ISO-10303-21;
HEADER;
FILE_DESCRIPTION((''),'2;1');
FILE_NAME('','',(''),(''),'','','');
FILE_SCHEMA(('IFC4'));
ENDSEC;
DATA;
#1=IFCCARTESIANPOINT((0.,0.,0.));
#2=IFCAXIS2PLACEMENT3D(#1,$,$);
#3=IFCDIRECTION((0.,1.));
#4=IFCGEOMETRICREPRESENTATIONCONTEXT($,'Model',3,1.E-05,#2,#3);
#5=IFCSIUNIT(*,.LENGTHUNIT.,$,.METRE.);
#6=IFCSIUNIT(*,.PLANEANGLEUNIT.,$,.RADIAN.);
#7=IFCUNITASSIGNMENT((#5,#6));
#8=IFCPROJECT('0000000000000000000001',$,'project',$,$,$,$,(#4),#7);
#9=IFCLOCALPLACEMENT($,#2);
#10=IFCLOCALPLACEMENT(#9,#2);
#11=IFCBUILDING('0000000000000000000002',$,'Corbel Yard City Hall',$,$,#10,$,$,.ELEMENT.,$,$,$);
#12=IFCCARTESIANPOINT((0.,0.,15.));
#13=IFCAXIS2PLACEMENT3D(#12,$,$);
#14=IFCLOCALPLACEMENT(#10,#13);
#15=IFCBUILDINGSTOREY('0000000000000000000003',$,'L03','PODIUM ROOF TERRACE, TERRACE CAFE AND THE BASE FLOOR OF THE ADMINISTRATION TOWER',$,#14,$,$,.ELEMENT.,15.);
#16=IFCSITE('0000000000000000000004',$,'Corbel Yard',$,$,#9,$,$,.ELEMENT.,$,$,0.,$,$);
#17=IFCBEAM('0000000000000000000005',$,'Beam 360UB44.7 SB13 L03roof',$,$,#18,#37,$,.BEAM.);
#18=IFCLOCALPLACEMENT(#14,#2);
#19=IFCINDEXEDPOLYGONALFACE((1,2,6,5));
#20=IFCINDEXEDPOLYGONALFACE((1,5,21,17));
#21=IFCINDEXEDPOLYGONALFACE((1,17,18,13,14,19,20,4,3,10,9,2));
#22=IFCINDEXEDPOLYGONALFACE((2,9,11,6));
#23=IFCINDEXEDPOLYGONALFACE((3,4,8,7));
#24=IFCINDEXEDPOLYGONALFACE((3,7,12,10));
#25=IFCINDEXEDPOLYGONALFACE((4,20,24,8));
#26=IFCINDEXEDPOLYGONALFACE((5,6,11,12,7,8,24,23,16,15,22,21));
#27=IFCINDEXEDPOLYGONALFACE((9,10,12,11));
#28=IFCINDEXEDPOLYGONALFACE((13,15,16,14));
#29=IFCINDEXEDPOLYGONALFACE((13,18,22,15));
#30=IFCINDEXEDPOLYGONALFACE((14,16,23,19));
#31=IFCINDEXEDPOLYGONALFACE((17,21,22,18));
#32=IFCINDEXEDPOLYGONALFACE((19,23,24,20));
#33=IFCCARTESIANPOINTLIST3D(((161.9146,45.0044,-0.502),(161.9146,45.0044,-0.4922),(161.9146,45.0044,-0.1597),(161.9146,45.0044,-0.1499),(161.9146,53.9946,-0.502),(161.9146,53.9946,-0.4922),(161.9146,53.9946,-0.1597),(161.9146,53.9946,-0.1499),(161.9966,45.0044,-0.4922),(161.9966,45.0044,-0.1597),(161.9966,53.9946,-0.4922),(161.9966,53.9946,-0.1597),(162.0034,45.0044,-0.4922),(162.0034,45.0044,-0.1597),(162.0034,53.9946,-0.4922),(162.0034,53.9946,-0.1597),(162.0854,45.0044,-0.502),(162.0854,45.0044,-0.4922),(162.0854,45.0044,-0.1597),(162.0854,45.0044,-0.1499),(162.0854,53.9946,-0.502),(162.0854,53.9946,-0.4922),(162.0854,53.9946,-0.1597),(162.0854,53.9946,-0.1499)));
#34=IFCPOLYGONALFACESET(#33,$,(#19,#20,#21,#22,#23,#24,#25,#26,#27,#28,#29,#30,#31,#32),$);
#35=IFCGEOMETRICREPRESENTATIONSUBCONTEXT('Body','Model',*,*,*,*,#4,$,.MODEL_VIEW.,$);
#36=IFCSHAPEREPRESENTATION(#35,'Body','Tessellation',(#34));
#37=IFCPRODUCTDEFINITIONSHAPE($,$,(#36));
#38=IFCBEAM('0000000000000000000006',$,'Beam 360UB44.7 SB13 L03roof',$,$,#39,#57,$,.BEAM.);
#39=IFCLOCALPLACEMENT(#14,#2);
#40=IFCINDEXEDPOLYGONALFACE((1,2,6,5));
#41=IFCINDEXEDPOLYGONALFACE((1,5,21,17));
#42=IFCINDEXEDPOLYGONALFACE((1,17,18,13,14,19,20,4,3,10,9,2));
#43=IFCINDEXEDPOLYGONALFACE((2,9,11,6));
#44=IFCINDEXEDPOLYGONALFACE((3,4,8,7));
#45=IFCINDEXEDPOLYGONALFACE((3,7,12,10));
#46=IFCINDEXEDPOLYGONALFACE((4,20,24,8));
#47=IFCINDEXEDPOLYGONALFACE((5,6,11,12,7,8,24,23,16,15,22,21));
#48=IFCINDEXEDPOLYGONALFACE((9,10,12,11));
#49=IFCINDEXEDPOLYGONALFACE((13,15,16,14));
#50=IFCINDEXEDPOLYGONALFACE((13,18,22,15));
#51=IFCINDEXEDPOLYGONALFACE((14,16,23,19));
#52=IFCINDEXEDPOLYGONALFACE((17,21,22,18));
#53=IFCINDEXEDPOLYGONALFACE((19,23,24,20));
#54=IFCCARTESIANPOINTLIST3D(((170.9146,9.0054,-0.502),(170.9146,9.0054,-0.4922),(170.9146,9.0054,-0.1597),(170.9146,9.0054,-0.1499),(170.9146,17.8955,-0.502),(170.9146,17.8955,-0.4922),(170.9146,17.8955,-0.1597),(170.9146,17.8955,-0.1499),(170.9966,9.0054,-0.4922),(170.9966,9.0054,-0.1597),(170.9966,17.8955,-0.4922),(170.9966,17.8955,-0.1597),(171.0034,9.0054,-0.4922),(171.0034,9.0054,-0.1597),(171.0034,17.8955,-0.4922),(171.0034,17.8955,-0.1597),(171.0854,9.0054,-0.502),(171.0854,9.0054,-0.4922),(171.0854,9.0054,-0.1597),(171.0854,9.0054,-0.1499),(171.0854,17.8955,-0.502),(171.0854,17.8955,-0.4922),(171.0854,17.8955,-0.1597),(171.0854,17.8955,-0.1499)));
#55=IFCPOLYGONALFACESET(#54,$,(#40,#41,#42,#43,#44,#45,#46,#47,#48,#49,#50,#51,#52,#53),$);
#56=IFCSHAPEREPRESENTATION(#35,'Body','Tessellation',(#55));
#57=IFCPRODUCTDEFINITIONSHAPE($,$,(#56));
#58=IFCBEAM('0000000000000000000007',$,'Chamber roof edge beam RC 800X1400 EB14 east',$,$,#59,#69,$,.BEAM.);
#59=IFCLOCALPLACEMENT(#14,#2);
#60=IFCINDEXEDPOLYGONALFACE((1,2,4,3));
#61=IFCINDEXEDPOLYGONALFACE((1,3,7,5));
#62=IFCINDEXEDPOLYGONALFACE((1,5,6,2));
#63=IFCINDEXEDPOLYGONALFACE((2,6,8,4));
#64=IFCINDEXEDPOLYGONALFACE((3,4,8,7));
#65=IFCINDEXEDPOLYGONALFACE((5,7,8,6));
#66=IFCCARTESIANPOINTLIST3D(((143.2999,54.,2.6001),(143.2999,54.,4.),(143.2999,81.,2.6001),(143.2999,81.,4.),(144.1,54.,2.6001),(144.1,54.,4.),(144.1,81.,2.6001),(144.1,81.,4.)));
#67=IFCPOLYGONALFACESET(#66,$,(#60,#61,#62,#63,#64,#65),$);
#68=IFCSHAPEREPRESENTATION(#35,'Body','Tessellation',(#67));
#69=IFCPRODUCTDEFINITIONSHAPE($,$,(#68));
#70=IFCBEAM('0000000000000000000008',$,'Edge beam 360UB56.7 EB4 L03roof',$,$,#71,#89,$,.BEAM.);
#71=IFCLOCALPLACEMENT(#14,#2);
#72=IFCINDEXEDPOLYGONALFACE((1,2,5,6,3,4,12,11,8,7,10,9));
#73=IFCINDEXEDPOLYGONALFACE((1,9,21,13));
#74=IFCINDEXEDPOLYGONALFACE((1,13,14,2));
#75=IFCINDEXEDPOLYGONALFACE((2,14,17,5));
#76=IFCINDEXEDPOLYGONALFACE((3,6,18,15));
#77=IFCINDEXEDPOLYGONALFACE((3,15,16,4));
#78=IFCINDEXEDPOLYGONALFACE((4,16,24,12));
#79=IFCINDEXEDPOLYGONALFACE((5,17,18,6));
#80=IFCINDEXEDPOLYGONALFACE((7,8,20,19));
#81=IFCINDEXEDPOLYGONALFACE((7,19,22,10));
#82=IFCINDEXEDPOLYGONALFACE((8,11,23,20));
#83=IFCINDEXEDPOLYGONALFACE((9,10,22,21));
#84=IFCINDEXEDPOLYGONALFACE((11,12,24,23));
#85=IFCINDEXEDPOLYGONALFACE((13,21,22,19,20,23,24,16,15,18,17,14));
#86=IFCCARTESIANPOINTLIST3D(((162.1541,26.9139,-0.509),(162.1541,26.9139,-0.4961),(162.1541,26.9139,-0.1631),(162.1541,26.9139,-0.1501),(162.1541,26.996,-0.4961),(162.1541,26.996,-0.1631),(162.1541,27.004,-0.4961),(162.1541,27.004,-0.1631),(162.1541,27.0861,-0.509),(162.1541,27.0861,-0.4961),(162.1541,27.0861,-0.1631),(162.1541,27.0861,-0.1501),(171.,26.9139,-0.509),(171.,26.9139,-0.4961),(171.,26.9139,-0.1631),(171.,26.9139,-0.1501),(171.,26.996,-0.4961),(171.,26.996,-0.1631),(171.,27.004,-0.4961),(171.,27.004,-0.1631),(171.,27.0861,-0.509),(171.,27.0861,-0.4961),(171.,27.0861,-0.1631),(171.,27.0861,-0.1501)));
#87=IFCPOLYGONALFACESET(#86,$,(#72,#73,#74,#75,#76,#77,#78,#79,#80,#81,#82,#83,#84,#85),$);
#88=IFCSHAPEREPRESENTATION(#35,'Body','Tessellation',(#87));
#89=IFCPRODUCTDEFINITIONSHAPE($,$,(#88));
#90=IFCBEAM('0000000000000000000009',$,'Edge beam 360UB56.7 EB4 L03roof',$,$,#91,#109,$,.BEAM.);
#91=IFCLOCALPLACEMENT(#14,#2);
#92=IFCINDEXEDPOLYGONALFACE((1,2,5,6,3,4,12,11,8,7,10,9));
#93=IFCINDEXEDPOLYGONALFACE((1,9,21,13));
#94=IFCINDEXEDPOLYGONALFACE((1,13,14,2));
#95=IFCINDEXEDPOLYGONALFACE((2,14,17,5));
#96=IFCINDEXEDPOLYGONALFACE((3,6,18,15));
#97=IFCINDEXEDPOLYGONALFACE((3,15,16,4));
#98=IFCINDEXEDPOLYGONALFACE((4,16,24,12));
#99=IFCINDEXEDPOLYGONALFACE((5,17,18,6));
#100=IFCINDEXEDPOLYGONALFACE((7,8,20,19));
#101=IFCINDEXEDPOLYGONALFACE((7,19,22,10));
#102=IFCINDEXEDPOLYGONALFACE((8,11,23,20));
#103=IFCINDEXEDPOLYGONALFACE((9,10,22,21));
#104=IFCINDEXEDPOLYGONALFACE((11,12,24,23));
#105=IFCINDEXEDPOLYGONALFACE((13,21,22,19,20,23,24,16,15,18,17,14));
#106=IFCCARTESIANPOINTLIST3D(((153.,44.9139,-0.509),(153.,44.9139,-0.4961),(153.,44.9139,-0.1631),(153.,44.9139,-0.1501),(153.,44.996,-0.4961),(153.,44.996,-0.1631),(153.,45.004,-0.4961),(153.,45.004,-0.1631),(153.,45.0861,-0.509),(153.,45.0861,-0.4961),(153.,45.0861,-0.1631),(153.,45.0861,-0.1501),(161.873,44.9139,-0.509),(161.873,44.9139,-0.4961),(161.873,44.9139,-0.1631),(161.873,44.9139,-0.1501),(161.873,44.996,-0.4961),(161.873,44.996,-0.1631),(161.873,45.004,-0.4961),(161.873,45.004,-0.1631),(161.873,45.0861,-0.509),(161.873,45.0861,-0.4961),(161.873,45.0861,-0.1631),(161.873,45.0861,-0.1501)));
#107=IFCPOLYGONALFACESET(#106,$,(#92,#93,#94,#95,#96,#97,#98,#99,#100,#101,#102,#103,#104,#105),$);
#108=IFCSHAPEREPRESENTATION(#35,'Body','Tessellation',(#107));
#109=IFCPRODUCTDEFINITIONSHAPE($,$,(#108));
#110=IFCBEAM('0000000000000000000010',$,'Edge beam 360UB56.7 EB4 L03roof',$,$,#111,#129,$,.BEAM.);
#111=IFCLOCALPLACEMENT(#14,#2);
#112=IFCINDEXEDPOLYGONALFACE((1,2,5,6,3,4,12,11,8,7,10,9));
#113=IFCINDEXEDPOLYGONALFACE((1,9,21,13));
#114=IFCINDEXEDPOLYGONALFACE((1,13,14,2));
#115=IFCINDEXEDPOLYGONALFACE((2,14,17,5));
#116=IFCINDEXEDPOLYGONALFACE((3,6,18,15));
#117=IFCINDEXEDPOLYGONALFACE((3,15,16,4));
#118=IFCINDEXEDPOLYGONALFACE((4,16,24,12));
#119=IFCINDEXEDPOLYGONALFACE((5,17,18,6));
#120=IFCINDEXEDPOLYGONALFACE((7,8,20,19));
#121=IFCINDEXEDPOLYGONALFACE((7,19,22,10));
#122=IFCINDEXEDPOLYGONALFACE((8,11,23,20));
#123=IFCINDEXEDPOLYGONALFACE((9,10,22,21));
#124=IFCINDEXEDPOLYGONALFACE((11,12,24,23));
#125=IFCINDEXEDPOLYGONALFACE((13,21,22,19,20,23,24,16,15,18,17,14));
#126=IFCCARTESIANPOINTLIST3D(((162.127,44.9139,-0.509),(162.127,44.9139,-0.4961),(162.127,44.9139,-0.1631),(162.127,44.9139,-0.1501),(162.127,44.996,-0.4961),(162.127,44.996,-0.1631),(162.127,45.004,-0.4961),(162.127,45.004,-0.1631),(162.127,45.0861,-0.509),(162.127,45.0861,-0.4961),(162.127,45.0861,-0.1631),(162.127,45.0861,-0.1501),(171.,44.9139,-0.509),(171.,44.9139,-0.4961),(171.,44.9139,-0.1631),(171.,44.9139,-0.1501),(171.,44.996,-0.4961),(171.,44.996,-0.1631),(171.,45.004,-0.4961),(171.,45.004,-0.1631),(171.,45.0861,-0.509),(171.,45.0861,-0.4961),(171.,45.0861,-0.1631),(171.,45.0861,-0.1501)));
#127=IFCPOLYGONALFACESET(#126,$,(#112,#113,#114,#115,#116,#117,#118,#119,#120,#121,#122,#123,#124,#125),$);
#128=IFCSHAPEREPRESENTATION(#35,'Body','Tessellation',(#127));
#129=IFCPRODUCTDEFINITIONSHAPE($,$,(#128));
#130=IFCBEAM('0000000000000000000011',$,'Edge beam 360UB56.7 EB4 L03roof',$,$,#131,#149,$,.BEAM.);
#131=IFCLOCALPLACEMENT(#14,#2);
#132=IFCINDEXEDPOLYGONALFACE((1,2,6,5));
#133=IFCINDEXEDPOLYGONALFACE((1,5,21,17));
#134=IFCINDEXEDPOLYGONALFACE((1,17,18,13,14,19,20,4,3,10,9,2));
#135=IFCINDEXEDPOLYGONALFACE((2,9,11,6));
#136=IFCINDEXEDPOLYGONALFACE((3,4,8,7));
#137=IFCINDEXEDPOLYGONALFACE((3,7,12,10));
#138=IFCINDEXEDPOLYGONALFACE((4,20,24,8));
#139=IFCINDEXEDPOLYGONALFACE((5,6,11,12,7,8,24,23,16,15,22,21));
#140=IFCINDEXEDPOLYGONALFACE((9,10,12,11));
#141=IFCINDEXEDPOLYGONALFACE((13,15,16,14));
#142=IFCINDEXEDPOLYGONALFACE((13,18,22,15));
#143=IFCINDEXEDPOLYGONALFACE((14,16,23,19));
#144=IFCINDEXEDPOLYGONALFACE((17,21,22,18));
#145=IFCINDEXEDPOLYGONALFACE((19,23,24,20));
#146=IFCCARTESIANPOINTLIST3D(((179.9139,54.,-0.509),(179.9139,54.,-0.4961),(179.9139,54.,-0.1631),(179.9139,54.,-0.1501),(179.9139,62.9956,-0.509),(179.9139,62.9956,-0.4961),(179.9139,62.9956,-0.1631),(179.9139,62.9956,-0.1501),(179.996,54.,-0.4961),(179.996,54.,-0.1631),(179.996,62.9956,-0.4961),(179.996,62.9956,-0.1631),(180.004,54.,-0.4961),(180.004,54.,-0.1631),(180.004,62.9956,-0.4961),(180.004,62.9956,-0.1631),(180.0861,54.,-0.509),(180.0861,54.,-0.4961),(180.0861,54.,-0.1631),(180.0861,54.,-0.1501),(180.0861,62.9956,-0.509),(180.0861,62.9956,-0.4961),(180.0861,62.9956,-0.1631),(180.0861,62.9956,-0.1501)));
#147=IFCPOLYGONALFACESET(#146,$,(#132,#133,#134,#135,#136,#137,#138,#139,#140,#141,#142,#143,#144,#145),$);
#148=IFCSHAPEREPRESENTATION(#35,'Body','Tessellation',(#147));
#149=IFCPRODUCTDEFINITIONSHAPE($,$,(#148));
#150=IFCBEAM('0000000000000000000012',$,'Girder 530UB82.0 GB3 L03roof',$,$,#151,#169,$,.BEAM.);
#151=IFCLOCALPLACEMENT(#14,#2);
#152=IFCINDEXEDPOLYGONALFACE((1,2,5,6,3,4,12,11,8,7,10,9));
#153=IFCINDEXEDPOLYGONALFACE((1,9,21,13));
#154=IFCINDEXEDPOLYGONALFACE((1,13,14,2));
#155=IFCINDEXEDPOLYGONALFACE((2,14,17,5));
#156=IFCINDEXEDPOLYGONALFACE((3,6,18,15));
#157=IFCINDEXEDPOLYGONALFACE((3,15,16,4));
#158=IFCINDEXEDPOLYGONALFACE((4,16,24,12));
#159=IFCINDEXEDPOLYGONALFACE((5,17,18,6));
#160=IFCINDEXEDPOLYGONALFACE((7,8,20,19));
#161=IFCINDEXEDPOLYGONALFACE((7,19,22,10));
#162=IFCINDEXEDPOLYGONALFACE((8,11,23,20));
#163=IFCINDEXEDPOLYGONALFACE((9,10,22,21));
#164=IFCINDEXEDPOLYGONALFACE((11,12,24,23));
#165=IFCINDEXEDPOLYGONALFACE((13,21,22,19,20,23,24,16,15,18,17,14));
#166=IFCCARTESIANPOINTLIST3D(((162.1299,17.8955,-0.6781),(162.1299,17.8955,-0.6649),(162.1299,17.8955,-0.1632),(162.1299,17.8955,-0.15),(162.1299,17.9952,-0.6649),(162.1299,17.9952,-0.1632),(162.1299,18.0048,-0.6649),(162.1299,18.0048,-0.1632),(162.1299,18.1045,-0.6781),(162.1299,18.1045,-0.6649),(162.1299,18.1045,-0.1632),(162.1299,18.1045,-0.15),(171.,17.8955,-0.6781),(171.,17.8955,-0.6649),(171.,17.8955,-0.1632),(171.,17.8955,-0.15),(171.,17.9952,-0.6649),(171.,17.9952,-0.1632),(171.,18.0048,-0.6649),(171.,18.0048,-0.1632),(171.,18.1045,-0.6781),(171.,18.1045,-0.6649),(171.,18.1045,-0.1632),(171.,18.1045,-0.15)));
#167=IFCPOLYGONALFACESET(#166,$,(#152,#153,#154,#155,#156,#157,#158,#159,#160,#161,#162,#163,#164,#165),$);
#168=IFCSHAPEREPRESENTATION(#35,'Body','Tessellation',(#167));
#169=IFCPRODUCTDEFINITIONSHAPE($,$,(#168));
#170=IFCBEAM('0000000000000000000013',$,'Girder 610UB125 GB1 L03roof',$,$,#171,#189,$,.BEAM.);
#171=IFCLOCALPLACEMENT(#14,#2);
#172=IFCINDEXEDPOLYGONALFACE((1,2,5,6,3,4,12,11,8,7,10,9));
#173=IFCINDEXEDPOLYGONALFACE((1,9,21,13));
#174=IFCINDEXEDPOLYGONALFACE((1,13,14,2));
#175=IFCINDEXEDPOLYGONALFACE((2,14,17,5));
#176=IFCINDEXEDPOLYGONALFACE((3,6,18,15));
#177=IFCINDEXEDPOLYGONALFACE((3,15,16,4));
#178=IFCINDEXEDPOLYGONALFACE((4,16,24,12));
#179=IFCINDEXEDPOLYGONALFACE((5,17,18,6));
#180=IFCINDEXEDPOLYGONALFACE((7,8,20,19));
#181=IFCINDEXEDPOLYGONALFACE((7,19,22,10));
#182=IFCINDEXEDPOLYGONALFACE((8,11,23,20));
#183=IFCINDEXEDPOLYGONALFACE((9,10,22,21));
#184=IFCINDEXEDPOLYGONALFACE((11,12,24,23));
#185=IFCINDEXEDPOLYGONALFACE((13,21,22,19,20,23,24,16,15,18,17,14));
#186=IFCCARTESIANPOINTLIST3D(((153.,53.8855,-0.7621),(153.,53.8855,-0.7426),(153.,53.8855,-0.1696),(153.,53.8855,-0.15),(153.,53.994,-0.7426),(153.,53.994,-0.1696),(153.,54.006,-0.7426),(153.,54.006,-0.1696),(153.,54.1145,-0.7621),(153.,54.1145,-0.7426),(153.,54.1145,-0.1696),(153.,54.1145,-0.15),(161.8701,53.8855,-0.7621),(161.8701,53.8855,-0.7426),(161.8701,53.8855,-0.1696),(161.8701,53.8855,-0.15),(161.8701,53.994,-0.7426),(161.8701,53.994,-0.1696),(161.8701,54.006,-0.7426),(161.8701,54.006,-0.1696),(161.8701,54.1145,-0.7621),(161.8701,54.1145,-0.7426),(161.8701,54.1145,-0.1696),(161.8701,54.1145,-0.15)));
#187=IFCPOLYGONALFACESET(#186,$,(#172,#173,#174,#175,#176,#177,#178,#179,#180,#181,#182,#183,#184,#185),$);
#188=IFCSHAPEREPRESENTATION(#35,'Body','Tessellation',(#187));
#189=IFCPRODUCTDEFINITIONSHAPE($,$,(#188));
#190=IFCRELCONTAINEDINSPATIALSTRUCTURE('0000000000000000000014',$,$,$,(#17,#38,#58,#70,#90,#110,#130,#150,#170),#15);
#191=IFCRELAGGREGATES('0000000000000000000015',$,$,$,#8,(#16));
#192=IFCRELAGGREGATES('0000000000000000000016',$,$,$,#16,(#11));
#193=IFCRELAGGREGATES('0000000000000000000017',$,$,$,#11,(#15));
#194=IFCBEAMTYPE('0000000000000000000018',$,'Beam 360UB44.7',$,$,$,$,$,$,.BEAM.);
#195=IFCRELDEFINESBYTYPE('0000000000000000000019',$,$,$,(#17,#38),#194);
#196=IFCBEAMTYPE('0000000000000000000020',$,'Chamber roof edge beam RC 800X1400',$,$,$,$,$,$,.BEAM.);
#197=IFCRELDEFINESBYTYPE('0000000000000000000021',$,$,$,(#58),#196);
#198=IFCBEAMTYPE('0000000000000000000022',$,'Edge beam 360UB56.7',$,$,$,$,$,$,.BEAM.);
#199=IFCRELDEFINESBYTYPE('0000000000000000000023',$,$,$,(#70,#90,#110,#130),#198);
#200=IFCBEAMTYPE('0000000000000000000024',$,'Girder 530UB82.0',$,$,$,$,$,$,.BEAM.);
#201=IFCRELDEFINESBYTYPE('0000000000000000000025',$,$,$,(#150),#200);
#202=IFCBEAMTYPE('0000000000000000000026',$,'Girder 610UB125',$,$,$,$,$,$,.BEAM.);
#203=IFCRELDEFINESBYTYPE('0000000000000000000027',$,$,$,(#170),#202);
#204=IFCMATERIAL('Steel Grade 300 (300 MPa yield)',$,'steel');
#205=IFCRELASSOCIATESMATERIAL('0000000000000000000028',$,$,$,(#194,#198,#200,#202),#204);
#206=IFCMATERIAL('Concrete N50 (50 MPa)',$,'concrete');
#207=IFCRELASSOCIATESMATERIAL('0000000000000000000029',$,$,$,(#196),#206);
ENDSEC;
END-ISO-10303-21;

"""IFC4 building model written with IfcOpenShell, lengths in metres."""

from ifc_helpers import new_model, si_unit, direction, frame, origin, origin_2d, place, context, subcontext, project, spatial, rectangle, i_section, extrude, material, material_profile, profile_set, type_object, element, save


model = new_model("IFC4")

# Units and contexts
model_context = context("Model", 3, precision=1e-05, world=origin(), true_north=direction((0.0, 1.0)))
body_context = subcontext(model_context, "Body", "Model", "MODEL_VIEW")
ifc_project = project(units=[si_unit("LENGTHUNIT", "METRE"), si_unit("PLANEANGLEUNIT", "RADIAN")], contexts=[model_context])

# Site, building, storey
site_placement = place(None, origin())
site = spatial("IfcSite", under=ifc_project, at=site_placement, Name="Corbel Yard", CompositionType="ELEMENT", RefElevation=0.0)
building_placement = place(site_placement, origin())
building = spatial("IfcBuilding", under=site, at=building_placement, Name="Corbel Yard City Hall", CompositionType="ELEMENT")
storey_placement = place(building_placement, frame((0.0, 0.0, 15.0)))
storey = spatial("IfcBuildingStorey", under=building, at=storey_placement, Name="L03", Description="PODIUM ROOF TERRACE, TERRACE CAFE AND THE BASE FLOOR OF THE ADMINISTRATION TOWER", CompositionType="ELEMENT", Elevation=15.0)

# Beams
ifc_material_1 = material(Name="Steel Grade 300 (300 MPa yield)", Category="steel")
ifc_material_profile_1 = material_profile(ifc_material_1, i_section(OverallWidth=0.1709, OverallDepth=0.3521, WebThickness=0.0068, FlangeThickness=0.0098, at=origin_2d()), Name="360UB44.7")
ifc_profile_set_1 = profile_set([ifc_material_profile_1], Name="Steel Grade 300 (300 MPa yield)")
beam_type_1 = type_object("IfcBeamType", Name="Beam 360UB44.7", PredefinedType="BEAM", material=ifc_profile_set_1)
beam_1_placement = place(storey_placement, frame((162.0, 45.0044, -0.3259), z_axis=(0.0, 1.0, 0.0), x_axis=(-1.0, 0.0, 0.0)))
element("IfcBeam", 1, at=beam_1_placement, inside=storey, type_object=beam_type_1, Name="Beam 360UB44.7 SB13 L03roof", PredefinedType="BEAM", context=body_context, shape_type="SweptSolid", body=[
    extrude(i_section(OverallWidth=0.1709, OverallDepth=0.3521, WebThickness=0.0068, FlangeThickness=0.0098, at=origin_2d()), origin(), (0.0, 0.0, 1.0), 8.9902),
])
beam_2_placement = place(storey_placement, frame((171.0, 9.0054, -0.3259), z_axis=(0.0, 1.0, 0.0), x_axis=(-1.0, 0.0, 0.0)))
element("IfcBeam", 2, at=beam_2_placement, inside=storey, type_object=beam_type_1, Name="Beam 360UB44.7 SB13 L03roof", PredefinedType="BEAM", context=body_context, shape_type="SweptSolid", body=[
    extrude(i_section(OverallWidth=0.1709, OverallDepth=0.3521, WebThickness=0.0068, FlangeThickness=0.0098, at=origin_2d()), origin(), (0.0, 0.0, 1.0), 8.8901),
])
ifc_material_2 = material(Name="Concrete N50 (50 MPa)", Category="concrete")
ifc_material_profile_2 = material_profile(ifc_material_2, rectangle(XDim=0.8, YDim=1.3999, at=origin_2d()), Name="800x1400")
ifc_profile_set_2 = profile_set([ifc_material_profile_2], Name="Concrete N50 (50 MPa)")
beam_type_2 = type_object("IfcBeamType", Name="Chamber roof edge beam RC 800X1400", PredefinedType="BEAM", material=ifc_profile_set_2)
beam_3_placement = place(storey_placement, frame((143.7, 54.0, 3.3), z_axis=(0.0, 1.0, 0.0), x_axis=(-1.0, 0.0, 0.0)))
element("IfcBeam", 3, at=beam_3_placement, inside=storey, type_object=beam_type_2, Name="Chamber roof edge beam RC 800X1400 EB14 east", PredefinedType="BEAM", context=body_context, shape_type="SweptSolid", body=[
    extrude(rectangle(XDim=0.8, YDim=1.3999, at=origin_2d()), origin(), (0.0, 0.0, 1.0), 27.0),
])
ifc_material_profile_3 = material_profile(ifc_material_1, i_section(OverallWidth=0.1721, OverallDepth=0.3589, WebThickness=0.0081, FlangeThickness=0.0129, at=origin_2d()), Name="360UB56.7")
ifc_profile_set_3 = profile_set([ifc_material_profile_3], Name="Steel Grade 300 (300 MPa yield)")
beam_type_3 = type_object("IfcBeamType", Name="Edge beam 360UB56.7", PredefinedType="BEAM", material=ifc_profile_set_3)
beam_4_placement = place(storey_placement, frame((162.1541, 27.0, -0.3296), z_axis=(1.0, 0.0, 0.0), x_axis=(0.0, 1.0, 0.0)))
element("IfcBeam", 4, at=beam_4_placement, inside=storey, type_object=beam_type_3, Name="Edge beam 360UB56.7 EB4 L03roof", PredefinedType="BEAM", context=body_context, shape_type="SweptSolid", body=[
    extrude(i_section(OverallWidth=0.1721, OverallDepth=0.3589, WebThickness=0.0081, FlangeThickness=0.0129, at=origin_2d()), origin(), (0.0, 0.0, 1.0), 8.8459),
])
for number, where, z_axis, x_axis, name in (
    (5, (153.0, 45.0, -0.3296), (1.0, 0.0, 0.0), (0.0, 1.0, 0.0), "Edge beam 360UB56.7 EB4 L03roof"),
    (6, (162.127, 45.0, -0.3296), (1.0, 0.0, 0.0), (0.0, 1.0, 0.0), "Edge beam 360UB56.7 EB4 L03roof"),
):
    element("IfcBeam", number, at=place(storey_placement, frame(where, z_axis=z_axis, x_axis=x_axis)), inside=storey, type_object=beam_type_3, Name=name, PredefinedType="BEAM", context=body_context, shape_type="SweptSolid", body=[
        extrude(i_section(OverallWidth=0.1721, OverallDepth=0.3589, WebThickness=0.0081, FlangeThickness=0.0129, at=origin_2d()), origin(), (0.0, 0.0, 1.0), 8.873),
    ])
beam_5_placement = place(storey_placement, frame((180.0, 54.0, -0.3296), z_axis=(0.0, 1.0, 0.0), x_axis=(-1.0, 0.0, 0.0)))
element("IfcBeam", 7, at=beam_5_placement, inside=storey, type_object=beam_type_3, Name="Edge beam 360UB56.7 EB4 L03roof", PredefinedType="BEAM", context=body_context, shape_type="SweptSolid", body=[
    extrude(i_section(OverallWidth=0.1721, OverallDepth=0.3589, WebThickness=0.0081, FlangeThickness=0.0129, at=origin_2d()), origin(), (0.0, 0.0, 1.0), 8.9956),
])
ifc_material_profile_4 = material_profile(ifc_material_1, i_section(OverallWidth=0.209, OverallDepth=0.5281, WebThickness=0.0095, FlangeThickness=0.0132, at=origin_2d()), Name="530UB82.0")
ifc_profile_set_4 = profile_set([ifc_material_profile_4], Name="Steel Grade 300 (300 MPa yield)")
beam_type_4 = type_object("IfcBeamType", Name="Girder 530UB82.0", PredefinedType="BEAM", material=ifc_profile_set_4)
beam_6_placement = place(storey_placement, frame((162.1299, 18.0, -0.4141), z_axis=(1.0, 0.0, 0.0), x_axis=(0.0, 1.0, 0.0)))
element("IfcBeam", 8, at=beam_6_placement, inside=storey, type_object=beam_type_4, Name="Girder 530UB82.0 GB3 L03roof", PredefinedType="BEAM", context=body_context, shape_type="SweptSolid", body=[
    extrude(i_section(OverallWidth=0.209, OverallDepth=0.5281, WebThickness=0.0095, FlangeThickness=0.0132, at=origin_2d()), origin(), (0.0, 0.0, 1.0), 8.8701),
])
ifc_material_profile_5 = material_profile(ifc_material_1, i_section(OverallWidth=0.229, OverallDepth=0.6121, WebThickness=0.012, FlangeThickness=0.0195, at=origin_2d()), Name="610UB125")
ifc_profile_set_5 = profile_set([ifc_material_profile_5], Name="Steel Grade 300 (300 MPa yield)")
beam_type_5 = type_object("IfcBeamType", Name="Girder 610UB125", PredefinedType="BEAM", material=ifc_profile_set_5)
for number, where, z_axis, x_axis, name in (
    (9, (153.0, 54.0, -0.4561), (1.0, 0.0, 0.0), (0.0, 1.0, 0.0), "Girder 610UB125 GB1 L03roof"),
):
    element("IfcBeam", number, at=place(storey_placement, frame(where, z_axis=z_axis, x_axis=x_axis)), inside=storey, type_object=beam_type_5, Name=name, PredefinedType="BEAM", context=body_context, shape_type="SweptSolid", body=[
        extrude(i_section(OverallWidth=0.229, OverallDepth=0.6121, WebThickness=0.012, FlangeThickness=0.0195, at=origin_2d()), origin(), (0.0, 0.0, 1.0), 8.8701),
    ])

save(model, "model.ifc")
